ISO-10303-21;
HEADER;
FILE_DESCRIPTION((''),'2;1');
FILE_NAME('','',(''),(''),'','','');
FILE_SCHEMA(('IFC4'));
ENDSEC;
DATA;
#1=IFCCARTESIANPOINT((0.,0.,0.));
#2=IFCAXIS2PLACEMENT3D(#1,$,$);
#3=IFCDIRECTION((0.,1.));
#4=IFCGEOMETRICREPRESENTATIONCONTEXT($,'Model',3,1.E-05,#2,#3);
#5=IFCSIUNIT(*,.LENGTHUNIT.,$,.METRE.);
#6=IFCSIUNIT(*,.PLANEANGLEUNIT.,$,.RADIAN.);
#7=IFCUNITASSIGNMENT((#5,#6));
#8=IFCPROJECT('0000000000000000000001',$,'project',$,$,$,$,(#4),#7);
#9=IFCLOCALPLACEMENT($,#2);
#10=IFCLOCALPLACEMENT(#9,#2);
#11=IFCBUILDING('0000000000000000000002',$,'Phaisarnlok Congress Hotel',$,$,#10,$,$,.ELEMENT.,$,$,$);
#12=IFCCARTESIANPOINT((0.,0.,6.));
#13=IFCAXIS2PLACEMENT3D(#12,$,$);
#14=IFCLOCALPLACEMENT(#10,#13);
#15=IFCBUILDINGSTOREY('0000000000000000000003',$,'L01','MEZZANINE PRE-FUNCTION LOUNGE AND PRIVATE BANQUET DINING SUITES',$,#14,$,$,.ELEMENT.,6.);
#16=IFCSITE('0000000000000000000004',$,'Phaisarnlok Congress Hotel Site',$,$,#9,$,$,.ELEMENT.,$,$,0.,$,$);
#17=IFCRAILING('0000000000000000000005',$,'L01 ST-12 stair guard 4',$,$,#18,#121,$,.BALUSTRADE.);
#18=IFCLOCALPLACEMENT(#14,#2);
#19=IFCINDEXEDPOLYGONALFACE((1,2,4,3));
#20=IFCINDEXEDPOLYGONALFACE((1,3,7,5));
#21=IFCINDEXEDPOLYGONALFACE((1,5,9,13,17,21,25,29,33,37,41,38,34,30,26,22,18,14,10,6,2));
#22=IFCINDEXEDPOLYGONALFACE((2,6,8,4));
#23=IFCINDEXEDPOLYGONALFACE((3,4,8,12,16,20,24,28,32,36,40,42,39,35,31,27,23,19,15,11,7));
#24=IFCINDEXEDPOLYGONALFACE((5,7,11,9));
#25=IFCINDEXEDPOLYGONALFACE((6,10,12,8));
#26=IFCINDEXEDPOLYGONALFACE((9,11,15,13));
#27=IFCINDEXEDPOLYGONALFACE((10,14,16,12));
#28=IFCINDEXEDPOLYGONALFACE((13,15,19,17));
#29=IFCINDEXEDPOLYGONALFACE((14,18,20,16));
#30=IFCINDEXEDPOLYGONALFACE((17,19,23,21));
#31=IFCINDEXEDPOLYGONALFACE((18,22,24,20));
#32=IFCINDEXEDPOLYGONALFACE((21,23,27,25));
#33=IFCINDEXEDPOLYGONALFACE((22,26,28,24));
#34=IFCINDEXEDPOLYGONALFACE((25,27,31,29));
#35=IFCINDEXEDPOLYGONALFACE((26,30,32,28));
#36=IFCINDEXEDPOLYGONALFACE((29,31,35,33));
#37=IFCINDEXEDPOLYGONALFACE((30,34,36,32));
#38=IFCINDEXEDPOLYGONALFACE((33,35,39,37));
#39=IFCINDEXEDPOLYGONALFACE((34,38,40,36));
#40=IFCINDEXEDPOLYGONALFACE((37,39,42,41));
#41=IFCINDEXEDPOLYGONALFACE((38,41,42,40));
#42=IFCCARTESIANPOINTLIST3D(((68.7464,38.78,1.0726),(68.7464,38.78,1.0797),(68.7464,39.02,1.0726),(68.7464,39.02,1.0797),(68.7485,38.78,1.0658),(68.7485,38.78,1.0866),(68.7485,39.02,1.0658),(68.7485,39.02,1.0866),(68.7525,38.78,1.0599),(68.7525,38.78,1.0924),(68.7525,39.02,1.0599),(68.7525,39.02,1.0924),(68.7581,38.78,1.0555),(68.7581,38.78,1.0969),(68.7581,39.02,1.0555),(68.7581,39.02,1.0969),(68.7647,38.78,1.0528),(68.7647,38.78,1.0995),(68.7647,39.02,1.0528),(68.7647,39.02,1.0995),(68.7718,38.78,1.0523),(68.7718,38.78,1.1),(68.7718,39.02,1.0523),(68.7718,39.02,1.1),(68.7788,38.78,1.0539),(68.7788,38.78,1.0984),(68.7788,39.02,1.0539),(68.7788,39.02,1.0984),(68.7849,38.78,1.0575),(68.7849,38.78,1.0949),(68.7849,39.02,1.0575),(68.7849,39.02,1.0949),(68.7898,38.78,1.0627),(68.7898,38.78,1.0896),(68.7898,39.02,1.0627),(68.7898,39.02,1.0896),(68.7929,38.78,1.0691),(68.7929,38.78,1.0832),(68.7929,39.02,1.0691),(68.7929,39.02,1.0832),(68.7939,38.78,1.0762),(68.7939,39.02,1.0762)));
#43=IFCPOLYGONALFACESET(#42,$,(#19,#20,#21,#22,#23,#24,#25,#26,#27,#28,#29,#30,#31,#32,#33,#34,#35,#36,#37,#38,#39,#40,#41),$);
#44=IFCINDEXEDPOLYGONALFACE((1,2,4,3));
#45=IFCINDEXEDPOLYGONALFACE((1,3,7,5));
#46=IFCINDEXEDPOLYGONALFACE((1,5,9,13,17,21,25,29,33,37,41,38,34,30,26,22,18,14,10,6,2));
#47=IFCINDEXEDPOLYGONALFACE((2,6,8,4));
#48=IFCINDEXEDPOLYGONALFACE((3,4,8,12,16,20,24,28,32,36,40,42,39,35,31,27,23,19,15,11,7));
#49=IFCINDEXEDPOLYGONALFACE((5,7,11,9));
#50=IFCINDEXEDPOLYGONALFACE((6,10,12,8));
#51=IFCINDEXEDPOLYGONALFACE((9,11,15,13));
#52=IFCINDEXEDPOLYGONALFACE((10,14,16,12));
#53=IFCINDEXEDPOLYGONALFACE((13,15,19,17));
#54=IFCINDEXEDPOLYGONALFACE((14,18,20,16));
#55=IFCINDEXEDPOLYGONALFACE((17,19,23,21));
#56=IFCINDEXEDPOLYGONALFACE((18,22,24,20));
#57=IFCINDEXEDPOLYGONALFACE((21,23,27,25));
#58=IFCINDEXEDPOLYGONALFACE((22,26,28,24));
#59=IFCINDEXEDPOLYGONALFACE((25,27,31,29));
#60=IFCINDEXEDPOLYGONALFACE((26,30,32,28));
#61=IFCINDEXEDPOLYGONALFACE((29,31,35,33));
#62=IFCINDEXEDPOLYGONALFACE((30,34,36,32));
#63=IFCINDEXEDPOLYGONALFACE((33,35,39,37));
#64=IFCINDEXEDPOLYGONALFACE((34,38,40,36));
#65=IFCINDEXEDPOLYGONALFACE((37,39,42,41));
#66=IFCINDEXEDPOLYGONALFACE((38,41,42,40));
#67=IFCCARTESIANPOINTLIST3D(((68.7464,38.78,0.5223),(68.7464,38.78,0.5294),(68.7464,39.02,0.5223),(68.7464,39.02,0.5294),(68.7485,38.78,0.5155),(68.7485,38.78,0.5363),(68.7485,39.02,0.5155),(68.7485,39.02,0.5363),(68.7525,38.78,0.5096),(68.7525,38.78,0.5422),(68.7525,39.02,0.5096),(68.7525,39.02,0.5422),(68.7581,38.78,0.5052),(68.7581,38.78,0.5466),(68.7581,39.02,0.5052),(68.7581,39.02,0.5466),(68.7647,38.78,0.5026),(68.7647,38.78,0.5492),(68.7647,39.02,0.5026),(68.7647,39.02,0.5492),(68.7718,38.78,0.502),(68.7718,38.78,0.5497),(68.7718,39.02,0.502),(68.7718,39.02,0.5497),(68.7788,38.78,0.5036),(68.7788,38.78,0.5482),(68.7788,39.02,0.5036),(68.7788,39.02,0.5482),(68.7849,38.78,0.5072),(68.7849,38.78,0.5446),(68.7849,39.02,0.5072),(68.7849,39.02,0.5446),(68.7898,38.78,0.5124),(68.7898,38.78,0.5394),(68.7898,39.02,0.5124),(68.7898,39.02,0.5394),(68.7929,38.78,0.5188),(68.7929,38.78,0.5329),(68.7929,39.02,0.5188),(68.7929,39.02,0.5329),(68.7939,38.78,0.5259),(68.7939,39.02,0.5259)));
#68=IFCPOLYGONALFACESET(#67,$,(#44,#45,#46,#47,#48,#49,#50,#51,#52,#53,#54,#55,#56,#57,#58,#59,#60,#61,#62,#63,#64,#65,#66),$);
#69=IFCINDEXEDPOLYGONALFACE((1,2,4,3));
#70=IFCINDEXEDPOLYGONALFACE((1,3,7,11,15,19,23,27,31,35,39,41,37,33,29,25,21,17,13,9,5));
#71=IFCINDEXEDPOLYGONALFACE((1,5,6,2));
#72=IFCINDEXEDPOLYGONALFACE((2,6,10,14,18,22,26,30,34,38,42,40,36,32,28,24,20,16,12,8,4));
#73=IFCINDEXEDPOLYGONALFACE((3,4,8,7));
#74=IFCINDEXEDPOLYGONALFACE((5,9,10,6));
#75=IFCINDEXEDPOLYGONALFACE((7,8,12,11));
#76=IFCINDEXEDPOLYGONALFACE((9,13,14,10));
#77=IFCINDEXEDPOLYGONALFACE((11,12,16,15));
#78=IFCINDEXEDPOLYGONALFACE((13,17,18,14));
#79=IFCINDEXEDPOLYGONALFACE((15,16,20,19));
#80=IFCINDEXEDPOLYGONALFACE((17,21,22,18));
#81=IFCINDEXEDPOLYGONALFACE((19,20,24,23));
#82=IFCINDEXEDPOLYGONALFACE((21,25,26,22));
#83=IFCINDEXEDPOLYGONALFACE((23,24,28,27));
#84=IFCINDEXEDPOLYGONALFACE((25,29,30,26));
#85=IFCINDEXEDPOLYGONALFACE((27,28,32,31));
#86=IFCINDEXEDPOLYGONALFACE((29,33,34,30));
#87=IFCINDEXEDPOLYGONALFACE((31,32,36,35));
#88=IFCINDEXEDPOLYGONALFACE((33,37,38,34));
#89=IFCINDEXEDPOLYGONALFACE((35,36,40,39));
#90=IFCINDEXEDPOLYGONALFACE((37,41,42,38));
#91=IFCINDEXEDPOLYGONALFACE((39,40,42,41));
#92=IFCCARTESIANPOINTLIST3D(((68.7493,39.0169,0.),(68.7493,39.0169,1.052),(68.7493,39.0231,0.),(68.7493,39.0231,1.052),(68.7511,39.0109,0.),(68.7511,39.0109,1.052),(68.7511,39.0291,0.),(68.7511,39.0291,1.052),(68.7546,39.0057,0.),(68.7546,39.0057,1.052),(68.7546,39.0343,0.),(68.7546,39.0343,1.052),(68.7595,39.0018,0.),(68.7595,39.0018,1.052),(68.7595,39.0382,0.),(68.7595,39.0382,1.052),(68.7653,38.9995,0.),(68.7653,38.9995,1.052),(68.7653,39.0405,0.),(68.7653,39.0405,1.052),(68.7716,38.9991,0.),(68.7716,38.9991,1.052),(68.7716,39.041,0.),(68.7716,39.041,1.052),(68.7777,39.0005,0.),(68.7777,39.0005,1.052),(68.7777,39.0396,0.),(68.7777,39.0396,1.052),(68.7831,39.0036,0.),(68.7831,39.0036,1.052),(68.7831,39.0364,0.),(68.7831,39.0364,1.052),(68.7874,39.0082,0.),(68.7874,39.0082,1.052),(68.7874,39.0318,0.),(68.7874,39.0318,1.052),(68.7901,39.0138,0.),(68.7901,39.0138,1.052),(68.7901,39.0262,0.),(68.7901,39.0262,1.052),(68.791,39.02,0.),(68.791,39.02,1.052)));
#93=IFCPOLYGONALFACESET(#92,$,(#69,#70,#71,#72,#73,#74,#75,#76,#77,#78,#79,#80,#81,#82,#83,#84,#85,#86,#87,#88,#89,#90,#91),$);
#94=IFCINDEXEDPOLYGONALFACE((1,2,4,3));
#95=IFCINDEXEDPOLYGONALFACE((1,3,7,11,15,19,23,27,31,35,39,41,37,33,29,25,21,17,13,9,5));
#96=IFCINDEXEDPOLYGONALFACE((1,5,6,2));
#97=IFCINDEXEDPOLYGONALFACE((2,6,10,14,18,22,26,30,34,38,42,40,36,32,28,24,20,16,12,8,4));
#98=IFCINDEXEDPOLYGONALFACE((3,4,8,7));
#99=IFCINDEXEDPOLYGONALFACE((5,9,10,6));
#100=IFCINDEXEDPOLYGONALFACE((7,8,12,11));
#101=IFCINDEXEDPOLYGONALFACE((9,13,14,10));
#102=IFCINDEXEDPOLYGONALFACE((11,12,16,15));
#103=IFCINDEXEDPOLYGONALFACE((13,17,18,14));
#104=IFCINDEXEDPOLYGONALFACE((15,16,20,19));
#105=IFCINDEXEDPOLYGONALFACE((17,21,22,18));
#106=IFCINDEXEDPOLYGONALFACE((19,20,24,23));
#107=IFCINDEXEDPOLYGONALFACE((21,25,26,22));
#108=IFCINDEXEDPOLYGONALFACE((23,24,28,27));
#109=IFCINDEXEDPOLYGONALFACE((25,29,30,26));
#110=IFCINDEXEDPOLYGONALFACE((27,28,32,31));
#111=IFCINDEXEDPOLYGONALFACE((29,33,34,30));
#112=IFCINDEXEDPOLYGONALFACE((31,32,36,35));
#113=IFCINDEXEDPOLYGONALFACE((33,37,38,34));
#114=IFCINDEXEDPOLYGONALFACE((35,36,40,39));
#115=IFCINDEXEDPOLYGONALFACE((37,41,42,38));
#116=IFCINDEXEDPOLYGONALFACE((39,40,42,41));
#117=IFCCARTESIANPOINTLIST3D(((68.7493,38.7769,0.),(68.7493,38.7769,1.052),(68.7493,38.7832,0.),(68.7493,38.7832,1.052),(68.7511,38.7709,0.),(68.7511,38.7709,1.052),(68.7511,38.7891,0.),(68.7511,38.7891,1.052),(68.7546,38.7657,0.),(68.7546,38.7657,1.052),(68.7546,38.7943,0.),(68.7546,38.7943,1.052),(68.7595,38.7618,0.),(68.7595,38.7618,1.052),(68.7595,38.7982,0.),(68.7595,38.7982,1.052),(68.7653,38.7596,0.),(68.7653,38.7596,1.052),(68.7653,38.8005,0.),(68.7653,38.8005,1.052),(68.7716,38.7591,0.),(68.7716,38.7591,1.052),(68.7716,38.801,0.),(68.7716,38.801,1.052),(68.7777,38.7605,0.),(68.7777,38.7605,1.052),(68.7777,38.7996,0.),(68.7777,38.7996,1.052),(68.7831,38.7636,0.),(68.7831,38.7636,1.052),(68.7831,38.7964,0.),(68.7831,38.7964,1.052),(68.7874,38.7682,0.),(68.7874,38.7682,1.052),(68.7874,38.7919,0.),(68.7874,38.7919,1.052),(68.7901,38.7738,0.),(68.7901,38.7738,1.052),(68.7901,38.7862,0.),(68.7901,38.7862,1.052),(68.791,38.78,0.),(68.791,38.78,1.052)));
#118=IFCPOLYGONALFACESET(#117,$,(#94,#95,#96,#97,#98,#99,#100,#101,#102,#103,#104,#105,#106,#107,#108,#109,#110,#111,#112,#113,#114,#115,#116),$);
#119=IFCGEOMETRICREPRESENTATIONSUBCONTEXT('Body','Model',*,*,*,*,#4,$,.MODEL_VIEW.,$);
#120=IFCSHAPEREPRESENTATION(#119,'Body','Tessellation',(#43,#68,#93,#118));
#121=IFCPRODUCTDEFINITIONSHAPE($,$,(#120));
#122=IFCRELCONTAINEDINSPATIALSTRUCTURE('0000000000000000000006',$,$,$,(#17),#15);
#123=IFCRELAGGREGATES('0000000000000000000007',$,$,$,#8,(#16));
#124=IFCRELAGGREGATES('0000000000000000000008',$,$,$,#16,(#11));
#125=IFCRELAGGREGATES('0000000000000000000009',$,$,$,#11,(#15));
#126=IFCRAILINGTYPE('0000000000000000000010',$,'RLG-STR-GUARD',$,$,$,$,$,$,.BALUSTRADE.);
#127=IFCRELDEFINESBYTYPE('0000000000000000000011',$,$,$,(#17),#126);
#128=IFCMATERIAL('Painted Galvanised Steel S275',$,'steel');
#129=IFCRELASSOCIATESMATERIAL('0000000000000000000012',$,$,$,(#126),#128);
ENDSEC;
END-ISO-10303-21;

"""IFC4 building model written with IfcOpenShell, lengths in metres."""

from ifc_helpers import new_model, si_unit, direction, frame, origin, origin_2d, place, context, subcontext, project, spatial, circle, extrude, material, type_object, element, save


model = new_model("IFC4")

# Units and contexts
model_context = context("Model", 3, precision=1e-05, world=origin(), true_north=direction((0.0, 1.0)))
body_context = subcontext(model_context, "Body", "Model", "MODEL_VIEW")
ifc_project = project(units=[si_unit("LENGTHUNIT", "METRE"), si_unit("PLANEANGLEUNIT", "RADIAN")], contexts=[model_context])

# Site, building, storey
site_placement = place(None, origin())
site = spatial("IfcSite", under=ifc_project, at=site_placement, Name="Phaisarnlok Congress Hotel Site", CompositionType="ELEMENT", RefElevation=0.0)
building_placement = place(site_placement, origin())
building = spatial("IfcBuilding", under=site, at=building_placement, Name="Phaisarnlok Congress Hotel", CompositionType="ELEMENT")
storey_placement = place(building_placement, frame((0.0, 0.0, 6.0)))
storey = spatial("IfcBuildingStorey", under=building, at=storey_placement, Name="L01", Description="MEZZANINE PRE-FUNCTION LOUNGE AND PRIVATE BANQUET DINING SUITES", CompositionType="ELEMENT", Elevation=6.0)

# Railing
ifc_material_1 = material(Name="Painted Galvanised Steel S275", Category="steel")
railing_type_1 = type_object("IfcRailingType", Name="RLG-STR-GUARD", PredefinedType="BALUSTRADE", material=ifc_material_1)
railing_1_placement = place(storey_placement, frame((68.77, 39.02, 0.0)))
element("IfcRailing", 1, at=railing_1_placement, inside=storey, type_object=railing_type_1, Name="L01 ST-12 stair guard 4", PredefinedType="BALUSTRADE", context=body_context, shape_type="SweptSolid", body=[
    extrude(circle(Radius=0.0239, at=origin_2d()), frame((0.0, 0.0, 1.0762), z_axis=(0.0, -1.0, 0.0), x_axis=(1.0, 0.0, 0.0)), (0.0, 0.0, 1.0), 0.24),
    extrude(circle(Radius=0.0239, at=origin_2d()), frame((0.0, 0.0, 0.5259), z_axis=(0.0, -1.0, 0.0), x_axis=(1.0, 0.0, 0.0)), (0.0, 0.0, 1.0), 0.24),
    extrude(circle(Radius=0.021, at=origin_2d()), origin(), (0.0, 0.0, 1.0), 1.052),
    extrude(circle(Radius=0.021, at=origin_2d()), frame((0.0, -0.24, 0.0)), (0.0, 0.0, 1.0), 1.052),
])

save(model, "model.ifc")
